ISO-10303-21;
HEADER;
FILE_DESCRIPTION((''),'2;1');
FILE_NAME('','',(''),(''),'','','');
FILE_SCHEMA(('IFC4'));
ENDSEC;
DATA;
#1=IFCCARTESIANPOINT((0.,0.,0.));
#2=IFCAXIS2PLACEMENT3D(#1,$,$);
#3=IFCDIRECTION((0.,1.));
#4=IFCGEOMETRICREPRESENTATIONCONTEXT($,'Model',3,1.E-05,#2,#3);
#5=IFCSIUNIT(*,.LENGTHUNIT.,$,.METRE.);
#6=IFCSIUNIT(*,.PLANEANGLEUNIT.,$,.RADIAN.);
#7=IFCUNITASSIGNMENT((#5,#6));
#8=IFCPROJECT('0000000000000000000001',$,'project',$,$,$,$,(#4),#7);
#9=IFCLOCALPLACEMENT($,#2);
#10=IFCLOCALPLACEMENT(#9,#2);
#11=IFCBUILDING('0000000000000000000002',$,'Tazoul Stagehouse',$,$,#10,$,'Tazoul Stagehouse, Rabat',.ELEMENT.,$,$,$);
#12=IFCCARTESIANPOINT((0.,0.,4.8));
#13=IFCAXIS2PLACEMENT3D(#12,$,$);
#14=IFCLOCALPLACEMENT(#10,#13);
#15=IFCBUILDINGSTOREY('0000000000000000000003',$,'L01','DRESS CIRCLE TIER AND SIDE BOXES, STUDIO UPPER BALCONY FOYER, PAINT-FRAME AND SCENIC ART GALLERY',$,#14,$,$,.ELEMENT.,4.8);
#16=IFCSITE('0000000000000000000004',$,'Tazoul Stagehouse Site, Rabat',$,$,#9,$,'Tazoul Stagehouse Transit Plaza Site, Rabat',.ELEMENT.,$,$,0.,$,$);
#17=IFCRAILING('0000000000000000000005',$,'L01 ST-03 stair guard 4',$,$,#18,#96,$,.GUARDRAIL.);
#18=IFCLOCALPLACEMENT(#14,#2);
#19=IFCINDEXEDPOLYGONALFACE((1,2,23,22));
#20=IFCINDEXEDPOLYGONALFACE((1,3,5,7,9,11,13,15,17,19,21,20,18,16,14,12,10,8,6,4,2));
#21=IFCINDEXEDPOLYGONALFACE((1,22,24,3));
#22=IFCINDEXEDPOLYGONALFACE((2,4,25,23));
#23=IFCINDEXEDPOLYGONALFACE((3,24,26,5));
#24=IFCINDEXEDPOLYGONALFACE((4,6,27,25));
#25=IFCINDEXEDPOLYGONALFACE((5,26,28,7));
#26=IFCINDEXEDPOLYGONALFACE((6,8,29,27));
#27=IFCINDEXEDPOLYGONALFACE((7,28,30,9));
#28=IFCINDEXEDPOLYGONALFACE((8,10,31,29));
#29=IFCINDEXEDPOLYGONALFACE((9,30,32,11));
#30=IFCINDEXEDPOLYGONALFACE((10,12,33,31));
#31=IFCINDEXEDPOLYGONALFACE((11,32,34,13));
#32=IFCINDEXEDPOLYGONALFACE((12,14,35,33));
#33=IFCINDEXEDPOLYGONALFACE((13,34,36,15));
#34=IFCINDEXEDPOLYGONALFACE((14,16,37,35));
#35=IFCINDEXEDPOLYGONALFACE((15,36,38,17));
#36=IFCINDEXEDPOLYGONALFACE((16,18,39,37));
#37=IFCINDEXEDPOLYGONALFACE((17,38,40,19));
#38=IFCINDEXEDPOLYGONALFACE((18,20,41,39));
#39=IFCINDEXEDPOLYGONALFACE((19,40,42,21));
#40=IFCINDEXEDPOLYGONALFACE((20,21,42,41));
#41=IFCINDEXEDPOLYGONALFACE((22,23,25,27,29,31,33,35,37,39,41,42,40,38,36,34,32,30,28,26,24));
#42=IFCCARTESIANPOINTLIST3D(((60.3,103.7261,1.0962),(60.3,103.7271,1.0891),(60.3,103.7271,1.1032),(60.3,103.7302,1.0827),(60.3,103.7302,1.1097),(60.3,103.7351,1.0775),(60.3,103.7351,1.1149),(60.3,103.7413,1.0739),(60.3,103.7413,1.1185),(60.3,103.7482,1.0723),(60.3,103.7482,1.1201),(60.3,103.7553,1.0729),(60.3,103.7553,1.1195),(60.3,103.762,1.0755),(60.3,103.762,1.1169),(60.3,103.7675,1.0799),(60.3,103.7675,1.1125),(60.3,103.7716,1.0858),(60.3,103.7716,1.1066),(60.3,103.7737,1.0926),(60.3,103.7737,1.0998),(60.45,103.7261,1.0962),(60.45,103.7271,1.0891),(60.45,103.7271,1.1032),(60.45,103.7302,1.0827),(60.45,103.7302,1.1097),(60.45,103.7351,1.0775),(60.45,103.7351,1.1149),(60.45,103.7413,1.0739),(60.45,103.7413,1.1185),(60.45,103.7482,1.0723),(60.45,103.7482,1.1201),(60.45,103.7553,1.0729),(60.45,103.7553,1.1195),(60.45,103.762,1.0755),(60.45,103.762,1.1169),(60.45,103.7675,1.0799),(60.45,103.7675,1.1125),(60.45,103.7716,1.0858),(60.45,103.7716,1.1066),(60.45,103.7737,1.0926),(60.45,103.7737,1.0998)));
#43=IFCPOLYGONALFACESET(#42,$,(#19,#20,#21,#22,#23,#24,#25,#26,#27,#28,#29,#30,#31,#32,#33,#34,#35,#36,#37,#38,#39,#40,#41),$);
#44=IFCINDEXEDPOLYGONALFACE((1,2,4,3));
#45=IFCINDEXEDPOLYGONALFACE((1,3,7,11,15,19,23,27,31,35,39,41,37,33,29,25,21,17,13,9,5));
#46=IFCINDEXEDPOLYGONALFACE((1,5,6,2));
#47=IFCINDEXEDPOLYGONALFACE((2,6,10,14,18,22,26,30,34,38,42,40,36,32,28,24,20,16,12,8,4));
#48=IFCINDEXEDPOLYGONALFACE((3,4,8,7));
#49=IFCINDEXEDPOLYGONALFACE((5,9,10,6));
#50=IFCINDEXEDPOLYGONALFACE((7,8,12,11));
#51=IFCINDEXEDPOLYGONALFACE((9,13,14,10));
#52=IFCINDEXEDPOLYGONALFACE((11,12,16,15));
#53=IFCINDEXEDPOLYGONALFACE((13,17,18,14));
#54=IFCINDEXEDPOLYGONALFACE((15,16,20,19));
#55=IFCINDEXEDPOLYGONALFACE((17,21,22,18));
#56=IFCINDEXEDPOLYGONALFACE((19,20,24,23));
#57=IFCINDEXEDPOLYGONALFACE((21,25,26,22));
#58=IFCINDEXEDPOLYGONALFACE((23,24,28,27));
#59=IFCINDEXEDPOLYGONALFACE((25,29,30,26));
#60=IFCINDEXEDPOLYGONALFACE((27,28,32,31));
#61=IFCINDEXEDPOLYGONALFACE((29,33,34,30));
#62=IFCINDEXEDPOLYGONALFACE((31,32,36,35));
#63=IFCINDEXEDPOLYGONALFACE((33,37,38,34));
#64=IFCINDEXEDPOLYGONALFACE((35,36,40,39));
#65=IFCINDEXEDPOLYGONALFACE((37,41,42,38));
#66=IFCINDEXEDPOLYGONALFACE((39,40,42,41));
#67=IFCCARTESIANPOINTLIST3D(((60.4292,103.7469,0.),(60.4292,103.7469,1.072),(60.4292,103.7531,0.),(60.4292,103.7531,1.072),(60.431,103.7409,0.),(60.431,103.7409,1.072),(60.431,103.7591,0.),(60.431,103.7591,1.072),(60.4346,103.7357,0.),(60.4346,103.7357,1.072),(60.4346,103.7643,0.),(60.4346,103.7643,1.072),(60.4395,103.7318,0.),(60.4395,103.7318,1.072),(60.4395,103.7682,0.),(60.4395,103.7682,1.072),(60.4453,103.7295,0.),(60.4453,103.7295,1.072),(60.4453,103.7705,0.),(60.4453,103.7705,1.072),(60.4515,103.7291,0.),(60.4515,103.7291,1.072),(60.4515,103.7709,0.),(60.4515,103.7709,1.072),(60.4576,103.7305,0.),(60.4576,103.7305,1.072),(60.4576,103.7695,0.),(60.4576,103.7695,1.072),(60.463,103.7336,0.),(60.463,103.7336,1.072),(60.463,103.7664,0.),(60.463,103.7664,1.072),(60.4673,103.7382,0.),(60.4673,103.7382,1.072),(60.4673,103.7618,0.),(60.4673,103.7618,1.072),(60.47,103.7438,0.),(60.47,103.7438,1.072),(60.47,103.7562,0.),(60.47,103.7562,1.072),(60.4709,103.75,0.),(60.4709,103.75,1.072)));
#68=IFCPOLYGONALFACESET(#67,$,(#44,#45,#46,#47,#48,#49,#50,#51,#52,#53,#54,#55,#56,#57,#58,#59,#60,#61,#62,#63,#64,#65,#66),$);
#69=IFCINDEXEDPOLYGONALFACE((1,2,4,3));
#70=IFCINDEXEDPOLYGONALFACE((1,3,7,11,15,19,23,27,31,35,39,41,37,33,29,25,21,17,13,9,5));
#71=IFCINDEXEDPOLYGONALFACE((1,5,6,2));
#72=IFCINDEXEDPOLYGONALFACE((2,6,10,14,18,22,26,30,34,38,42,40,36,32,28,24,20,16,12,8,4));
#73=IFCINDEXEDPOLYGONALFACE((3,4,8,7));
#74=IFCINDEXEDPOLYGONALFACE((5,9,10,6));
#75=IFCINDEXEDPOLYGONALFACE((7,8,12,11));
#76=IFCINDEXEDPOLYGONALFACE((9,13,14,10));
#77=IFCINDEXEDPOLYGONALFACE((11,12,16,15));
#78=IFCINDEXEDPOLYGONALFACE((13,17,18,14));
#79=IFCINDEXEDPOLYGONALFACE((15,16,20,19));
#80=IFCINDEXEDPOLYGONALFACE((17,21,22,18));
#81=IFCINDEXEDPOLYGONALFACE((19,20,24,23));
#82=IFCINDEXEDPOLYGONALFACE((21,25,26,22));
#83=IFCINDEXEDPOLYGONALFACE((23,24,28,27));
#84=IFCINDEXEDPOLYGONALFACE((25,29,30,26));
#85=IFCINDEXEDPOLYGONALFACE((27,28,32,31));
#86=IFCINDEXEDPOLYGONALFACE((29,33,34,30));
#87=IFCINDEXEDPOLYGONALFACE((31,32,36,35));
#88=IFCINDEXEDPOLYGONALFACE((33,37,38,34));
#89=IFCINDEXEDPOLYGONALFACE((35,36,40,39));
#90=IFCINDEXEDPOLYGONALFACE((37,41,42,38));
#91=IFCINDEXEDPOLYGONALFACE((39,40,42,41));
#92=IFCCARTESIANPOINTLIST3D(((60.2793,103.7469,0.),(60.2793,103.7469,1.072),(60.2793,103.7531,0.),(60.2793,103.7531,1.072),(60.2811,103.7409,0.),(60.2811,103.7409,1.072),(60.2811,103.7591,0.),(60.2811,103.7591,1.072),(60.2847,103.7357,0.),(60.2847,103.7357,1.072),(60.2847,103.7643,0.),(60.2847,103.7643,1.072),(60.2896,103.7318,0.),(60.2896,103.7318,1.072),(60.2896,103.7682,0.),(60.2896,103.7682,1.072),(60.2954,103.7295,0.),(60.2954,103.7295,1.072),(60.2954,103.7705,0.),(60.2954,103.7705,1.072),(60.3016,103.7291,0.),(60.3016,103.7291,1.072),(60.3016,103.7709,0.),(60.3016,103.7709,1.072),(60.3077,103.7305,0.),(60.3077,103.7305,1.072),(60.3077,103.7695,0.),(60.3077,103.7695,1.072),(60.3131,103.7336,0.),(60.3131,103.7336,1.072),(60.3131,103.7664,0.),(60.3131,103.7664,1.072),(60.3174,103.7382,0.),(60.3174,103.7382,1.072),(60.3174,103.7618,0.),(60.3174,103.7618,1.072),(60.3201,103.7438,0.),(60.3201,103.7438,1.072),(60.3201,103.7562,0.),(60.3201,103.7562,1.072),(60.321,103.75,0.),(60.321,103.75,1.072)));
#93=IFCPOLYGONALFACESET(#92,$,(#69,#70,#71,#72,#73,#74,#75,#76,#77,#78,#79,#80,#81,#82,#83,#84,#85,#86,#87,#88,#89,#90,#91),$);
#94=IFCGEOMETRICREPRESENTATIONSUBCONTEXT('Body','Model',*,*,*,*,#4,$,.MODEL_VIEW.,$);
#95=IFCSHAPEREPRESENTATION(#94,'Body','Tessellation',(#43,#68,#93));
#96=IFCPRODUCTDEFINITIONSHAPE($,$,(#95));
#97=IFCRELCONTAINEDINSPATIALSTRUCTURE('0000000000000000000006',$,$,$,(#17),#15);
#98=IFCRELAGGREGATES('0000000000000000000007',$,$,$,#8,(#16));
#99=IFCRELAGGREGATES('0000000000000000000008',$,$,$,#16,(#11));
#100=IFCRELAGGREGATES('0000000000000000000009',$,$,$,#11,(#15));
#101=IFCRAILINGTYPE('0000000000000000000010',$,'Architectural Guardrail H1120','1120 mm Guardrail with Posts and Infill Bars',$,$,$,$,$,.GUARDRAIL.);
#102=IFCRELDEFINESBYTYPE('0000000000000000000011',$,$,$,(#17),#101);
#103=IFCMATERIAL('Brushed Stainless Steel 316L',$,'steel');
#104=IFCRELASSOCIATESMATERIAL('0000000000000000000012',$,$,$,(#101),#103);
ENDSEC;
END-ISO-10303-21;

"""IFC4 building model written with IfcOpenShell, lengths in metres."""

from ifc_helpers import new_model, si_unit, direction, frame, origin, origin_2d, place, context, subcontext, project, spatial, circle, extrude, material, material_profile, profile_set, type_object, element, save


model = new_model("IFC4")

# Units and contexts
model_context = context("Model", 3, precision=1e-05, world=origin(), true_north=direction((0.0, 1.0)))
body_context = subcontext(model_context, "Body", "Model", "MODEL_VIEW")
ifc_project = project(units=[si_unit("LENGTHUNIT", "METRE"), si_unit("PLANEANGLEUNIT", "RADIAN")], contexts=[model_context])

# Site, building, storey
site_placement = place(None, origin())
site = spatial("IfcSite", under=ifc_project, at=site_placement, Name="Tazoul Stagehouse Site, Rabat", LongName="Tazoul Stagehouse Transit Plaza Site, Rabat", CompositionType="ELEMENT", RefElevation=0.0)
building_placement = place(site_placement, origin())
building = spatial("IfcBuilding", under=site, at=building_placement, Name="Tazoul Stagehouse", LongName="Tazoul Stagehouse, Rabat", CompositionType="ELEMENT")
storey_placement = place(building_placement, frame((0.0, 0.0, 4.8)))
storey = spatial("IfcBuildingStorey", under=building, at=storey_placement, Name="L01", Description="DRESS CIRCLE TIER AND SIDE BOXES, STUDIO UPPER BALCONY FOYER, PAINT-FRAME AND SCENIC ART GALLERY", CompositionType="ELEMENT", Elevation=4.8)

# Railing
ifc_material_1 = material(Name="Brushed Stainless Steel 316L", Category="steel")
ifc_material_profile_1 = material_profile(ifc_material_1, circle(Radius=0.0239, at=origin_2d()), Name="SS RAIL D48")
ifc_profile_set_1 = profile_set([ifc_material_profile_1], Name="Brushed Stainless Steel 316L")
railing_type = type_object("IfcRailingType", Name="Architectural Guardrail H1120", Description="1120 mm Guardrail with Posts and Infill Bars", PredefinedType="GUARDRAIL", material=ifc_profile_set_1)
railing_1_placement = place(storey_placement, frame((60.45, 103.75, 0.0)))
element("IfcRailing", 1, at=railing_1_placement, inside=storey, type_object=railing_type, Name="L01 ST-03 stair guard 4", PredefinedType="GUARDRAIL", context=body_context, shape_type="SweptSolid", body=[
    extrude(circle(Radius=0.0239, at=origin_2d()), frame((0.0, 0.0, 1.0962), z_axis=(-1.0, 0.0, 0.0), x_axis=(0.0, -1.0, 0.0)), (0.0, 0.0, 1.0), 0.1499),
    extrude(circle(Radius=0.021, at=origin_2d()), origin(), (0.0, 0.0, 1.0), 1.072),
    extrude(circle(Radius=0.021, at=origin_2d()), frame((-0.1499, 0.0, 0.0)), (0.0, 0.0, 1.0), 1.072),
])

save(model, "model.ifc")
